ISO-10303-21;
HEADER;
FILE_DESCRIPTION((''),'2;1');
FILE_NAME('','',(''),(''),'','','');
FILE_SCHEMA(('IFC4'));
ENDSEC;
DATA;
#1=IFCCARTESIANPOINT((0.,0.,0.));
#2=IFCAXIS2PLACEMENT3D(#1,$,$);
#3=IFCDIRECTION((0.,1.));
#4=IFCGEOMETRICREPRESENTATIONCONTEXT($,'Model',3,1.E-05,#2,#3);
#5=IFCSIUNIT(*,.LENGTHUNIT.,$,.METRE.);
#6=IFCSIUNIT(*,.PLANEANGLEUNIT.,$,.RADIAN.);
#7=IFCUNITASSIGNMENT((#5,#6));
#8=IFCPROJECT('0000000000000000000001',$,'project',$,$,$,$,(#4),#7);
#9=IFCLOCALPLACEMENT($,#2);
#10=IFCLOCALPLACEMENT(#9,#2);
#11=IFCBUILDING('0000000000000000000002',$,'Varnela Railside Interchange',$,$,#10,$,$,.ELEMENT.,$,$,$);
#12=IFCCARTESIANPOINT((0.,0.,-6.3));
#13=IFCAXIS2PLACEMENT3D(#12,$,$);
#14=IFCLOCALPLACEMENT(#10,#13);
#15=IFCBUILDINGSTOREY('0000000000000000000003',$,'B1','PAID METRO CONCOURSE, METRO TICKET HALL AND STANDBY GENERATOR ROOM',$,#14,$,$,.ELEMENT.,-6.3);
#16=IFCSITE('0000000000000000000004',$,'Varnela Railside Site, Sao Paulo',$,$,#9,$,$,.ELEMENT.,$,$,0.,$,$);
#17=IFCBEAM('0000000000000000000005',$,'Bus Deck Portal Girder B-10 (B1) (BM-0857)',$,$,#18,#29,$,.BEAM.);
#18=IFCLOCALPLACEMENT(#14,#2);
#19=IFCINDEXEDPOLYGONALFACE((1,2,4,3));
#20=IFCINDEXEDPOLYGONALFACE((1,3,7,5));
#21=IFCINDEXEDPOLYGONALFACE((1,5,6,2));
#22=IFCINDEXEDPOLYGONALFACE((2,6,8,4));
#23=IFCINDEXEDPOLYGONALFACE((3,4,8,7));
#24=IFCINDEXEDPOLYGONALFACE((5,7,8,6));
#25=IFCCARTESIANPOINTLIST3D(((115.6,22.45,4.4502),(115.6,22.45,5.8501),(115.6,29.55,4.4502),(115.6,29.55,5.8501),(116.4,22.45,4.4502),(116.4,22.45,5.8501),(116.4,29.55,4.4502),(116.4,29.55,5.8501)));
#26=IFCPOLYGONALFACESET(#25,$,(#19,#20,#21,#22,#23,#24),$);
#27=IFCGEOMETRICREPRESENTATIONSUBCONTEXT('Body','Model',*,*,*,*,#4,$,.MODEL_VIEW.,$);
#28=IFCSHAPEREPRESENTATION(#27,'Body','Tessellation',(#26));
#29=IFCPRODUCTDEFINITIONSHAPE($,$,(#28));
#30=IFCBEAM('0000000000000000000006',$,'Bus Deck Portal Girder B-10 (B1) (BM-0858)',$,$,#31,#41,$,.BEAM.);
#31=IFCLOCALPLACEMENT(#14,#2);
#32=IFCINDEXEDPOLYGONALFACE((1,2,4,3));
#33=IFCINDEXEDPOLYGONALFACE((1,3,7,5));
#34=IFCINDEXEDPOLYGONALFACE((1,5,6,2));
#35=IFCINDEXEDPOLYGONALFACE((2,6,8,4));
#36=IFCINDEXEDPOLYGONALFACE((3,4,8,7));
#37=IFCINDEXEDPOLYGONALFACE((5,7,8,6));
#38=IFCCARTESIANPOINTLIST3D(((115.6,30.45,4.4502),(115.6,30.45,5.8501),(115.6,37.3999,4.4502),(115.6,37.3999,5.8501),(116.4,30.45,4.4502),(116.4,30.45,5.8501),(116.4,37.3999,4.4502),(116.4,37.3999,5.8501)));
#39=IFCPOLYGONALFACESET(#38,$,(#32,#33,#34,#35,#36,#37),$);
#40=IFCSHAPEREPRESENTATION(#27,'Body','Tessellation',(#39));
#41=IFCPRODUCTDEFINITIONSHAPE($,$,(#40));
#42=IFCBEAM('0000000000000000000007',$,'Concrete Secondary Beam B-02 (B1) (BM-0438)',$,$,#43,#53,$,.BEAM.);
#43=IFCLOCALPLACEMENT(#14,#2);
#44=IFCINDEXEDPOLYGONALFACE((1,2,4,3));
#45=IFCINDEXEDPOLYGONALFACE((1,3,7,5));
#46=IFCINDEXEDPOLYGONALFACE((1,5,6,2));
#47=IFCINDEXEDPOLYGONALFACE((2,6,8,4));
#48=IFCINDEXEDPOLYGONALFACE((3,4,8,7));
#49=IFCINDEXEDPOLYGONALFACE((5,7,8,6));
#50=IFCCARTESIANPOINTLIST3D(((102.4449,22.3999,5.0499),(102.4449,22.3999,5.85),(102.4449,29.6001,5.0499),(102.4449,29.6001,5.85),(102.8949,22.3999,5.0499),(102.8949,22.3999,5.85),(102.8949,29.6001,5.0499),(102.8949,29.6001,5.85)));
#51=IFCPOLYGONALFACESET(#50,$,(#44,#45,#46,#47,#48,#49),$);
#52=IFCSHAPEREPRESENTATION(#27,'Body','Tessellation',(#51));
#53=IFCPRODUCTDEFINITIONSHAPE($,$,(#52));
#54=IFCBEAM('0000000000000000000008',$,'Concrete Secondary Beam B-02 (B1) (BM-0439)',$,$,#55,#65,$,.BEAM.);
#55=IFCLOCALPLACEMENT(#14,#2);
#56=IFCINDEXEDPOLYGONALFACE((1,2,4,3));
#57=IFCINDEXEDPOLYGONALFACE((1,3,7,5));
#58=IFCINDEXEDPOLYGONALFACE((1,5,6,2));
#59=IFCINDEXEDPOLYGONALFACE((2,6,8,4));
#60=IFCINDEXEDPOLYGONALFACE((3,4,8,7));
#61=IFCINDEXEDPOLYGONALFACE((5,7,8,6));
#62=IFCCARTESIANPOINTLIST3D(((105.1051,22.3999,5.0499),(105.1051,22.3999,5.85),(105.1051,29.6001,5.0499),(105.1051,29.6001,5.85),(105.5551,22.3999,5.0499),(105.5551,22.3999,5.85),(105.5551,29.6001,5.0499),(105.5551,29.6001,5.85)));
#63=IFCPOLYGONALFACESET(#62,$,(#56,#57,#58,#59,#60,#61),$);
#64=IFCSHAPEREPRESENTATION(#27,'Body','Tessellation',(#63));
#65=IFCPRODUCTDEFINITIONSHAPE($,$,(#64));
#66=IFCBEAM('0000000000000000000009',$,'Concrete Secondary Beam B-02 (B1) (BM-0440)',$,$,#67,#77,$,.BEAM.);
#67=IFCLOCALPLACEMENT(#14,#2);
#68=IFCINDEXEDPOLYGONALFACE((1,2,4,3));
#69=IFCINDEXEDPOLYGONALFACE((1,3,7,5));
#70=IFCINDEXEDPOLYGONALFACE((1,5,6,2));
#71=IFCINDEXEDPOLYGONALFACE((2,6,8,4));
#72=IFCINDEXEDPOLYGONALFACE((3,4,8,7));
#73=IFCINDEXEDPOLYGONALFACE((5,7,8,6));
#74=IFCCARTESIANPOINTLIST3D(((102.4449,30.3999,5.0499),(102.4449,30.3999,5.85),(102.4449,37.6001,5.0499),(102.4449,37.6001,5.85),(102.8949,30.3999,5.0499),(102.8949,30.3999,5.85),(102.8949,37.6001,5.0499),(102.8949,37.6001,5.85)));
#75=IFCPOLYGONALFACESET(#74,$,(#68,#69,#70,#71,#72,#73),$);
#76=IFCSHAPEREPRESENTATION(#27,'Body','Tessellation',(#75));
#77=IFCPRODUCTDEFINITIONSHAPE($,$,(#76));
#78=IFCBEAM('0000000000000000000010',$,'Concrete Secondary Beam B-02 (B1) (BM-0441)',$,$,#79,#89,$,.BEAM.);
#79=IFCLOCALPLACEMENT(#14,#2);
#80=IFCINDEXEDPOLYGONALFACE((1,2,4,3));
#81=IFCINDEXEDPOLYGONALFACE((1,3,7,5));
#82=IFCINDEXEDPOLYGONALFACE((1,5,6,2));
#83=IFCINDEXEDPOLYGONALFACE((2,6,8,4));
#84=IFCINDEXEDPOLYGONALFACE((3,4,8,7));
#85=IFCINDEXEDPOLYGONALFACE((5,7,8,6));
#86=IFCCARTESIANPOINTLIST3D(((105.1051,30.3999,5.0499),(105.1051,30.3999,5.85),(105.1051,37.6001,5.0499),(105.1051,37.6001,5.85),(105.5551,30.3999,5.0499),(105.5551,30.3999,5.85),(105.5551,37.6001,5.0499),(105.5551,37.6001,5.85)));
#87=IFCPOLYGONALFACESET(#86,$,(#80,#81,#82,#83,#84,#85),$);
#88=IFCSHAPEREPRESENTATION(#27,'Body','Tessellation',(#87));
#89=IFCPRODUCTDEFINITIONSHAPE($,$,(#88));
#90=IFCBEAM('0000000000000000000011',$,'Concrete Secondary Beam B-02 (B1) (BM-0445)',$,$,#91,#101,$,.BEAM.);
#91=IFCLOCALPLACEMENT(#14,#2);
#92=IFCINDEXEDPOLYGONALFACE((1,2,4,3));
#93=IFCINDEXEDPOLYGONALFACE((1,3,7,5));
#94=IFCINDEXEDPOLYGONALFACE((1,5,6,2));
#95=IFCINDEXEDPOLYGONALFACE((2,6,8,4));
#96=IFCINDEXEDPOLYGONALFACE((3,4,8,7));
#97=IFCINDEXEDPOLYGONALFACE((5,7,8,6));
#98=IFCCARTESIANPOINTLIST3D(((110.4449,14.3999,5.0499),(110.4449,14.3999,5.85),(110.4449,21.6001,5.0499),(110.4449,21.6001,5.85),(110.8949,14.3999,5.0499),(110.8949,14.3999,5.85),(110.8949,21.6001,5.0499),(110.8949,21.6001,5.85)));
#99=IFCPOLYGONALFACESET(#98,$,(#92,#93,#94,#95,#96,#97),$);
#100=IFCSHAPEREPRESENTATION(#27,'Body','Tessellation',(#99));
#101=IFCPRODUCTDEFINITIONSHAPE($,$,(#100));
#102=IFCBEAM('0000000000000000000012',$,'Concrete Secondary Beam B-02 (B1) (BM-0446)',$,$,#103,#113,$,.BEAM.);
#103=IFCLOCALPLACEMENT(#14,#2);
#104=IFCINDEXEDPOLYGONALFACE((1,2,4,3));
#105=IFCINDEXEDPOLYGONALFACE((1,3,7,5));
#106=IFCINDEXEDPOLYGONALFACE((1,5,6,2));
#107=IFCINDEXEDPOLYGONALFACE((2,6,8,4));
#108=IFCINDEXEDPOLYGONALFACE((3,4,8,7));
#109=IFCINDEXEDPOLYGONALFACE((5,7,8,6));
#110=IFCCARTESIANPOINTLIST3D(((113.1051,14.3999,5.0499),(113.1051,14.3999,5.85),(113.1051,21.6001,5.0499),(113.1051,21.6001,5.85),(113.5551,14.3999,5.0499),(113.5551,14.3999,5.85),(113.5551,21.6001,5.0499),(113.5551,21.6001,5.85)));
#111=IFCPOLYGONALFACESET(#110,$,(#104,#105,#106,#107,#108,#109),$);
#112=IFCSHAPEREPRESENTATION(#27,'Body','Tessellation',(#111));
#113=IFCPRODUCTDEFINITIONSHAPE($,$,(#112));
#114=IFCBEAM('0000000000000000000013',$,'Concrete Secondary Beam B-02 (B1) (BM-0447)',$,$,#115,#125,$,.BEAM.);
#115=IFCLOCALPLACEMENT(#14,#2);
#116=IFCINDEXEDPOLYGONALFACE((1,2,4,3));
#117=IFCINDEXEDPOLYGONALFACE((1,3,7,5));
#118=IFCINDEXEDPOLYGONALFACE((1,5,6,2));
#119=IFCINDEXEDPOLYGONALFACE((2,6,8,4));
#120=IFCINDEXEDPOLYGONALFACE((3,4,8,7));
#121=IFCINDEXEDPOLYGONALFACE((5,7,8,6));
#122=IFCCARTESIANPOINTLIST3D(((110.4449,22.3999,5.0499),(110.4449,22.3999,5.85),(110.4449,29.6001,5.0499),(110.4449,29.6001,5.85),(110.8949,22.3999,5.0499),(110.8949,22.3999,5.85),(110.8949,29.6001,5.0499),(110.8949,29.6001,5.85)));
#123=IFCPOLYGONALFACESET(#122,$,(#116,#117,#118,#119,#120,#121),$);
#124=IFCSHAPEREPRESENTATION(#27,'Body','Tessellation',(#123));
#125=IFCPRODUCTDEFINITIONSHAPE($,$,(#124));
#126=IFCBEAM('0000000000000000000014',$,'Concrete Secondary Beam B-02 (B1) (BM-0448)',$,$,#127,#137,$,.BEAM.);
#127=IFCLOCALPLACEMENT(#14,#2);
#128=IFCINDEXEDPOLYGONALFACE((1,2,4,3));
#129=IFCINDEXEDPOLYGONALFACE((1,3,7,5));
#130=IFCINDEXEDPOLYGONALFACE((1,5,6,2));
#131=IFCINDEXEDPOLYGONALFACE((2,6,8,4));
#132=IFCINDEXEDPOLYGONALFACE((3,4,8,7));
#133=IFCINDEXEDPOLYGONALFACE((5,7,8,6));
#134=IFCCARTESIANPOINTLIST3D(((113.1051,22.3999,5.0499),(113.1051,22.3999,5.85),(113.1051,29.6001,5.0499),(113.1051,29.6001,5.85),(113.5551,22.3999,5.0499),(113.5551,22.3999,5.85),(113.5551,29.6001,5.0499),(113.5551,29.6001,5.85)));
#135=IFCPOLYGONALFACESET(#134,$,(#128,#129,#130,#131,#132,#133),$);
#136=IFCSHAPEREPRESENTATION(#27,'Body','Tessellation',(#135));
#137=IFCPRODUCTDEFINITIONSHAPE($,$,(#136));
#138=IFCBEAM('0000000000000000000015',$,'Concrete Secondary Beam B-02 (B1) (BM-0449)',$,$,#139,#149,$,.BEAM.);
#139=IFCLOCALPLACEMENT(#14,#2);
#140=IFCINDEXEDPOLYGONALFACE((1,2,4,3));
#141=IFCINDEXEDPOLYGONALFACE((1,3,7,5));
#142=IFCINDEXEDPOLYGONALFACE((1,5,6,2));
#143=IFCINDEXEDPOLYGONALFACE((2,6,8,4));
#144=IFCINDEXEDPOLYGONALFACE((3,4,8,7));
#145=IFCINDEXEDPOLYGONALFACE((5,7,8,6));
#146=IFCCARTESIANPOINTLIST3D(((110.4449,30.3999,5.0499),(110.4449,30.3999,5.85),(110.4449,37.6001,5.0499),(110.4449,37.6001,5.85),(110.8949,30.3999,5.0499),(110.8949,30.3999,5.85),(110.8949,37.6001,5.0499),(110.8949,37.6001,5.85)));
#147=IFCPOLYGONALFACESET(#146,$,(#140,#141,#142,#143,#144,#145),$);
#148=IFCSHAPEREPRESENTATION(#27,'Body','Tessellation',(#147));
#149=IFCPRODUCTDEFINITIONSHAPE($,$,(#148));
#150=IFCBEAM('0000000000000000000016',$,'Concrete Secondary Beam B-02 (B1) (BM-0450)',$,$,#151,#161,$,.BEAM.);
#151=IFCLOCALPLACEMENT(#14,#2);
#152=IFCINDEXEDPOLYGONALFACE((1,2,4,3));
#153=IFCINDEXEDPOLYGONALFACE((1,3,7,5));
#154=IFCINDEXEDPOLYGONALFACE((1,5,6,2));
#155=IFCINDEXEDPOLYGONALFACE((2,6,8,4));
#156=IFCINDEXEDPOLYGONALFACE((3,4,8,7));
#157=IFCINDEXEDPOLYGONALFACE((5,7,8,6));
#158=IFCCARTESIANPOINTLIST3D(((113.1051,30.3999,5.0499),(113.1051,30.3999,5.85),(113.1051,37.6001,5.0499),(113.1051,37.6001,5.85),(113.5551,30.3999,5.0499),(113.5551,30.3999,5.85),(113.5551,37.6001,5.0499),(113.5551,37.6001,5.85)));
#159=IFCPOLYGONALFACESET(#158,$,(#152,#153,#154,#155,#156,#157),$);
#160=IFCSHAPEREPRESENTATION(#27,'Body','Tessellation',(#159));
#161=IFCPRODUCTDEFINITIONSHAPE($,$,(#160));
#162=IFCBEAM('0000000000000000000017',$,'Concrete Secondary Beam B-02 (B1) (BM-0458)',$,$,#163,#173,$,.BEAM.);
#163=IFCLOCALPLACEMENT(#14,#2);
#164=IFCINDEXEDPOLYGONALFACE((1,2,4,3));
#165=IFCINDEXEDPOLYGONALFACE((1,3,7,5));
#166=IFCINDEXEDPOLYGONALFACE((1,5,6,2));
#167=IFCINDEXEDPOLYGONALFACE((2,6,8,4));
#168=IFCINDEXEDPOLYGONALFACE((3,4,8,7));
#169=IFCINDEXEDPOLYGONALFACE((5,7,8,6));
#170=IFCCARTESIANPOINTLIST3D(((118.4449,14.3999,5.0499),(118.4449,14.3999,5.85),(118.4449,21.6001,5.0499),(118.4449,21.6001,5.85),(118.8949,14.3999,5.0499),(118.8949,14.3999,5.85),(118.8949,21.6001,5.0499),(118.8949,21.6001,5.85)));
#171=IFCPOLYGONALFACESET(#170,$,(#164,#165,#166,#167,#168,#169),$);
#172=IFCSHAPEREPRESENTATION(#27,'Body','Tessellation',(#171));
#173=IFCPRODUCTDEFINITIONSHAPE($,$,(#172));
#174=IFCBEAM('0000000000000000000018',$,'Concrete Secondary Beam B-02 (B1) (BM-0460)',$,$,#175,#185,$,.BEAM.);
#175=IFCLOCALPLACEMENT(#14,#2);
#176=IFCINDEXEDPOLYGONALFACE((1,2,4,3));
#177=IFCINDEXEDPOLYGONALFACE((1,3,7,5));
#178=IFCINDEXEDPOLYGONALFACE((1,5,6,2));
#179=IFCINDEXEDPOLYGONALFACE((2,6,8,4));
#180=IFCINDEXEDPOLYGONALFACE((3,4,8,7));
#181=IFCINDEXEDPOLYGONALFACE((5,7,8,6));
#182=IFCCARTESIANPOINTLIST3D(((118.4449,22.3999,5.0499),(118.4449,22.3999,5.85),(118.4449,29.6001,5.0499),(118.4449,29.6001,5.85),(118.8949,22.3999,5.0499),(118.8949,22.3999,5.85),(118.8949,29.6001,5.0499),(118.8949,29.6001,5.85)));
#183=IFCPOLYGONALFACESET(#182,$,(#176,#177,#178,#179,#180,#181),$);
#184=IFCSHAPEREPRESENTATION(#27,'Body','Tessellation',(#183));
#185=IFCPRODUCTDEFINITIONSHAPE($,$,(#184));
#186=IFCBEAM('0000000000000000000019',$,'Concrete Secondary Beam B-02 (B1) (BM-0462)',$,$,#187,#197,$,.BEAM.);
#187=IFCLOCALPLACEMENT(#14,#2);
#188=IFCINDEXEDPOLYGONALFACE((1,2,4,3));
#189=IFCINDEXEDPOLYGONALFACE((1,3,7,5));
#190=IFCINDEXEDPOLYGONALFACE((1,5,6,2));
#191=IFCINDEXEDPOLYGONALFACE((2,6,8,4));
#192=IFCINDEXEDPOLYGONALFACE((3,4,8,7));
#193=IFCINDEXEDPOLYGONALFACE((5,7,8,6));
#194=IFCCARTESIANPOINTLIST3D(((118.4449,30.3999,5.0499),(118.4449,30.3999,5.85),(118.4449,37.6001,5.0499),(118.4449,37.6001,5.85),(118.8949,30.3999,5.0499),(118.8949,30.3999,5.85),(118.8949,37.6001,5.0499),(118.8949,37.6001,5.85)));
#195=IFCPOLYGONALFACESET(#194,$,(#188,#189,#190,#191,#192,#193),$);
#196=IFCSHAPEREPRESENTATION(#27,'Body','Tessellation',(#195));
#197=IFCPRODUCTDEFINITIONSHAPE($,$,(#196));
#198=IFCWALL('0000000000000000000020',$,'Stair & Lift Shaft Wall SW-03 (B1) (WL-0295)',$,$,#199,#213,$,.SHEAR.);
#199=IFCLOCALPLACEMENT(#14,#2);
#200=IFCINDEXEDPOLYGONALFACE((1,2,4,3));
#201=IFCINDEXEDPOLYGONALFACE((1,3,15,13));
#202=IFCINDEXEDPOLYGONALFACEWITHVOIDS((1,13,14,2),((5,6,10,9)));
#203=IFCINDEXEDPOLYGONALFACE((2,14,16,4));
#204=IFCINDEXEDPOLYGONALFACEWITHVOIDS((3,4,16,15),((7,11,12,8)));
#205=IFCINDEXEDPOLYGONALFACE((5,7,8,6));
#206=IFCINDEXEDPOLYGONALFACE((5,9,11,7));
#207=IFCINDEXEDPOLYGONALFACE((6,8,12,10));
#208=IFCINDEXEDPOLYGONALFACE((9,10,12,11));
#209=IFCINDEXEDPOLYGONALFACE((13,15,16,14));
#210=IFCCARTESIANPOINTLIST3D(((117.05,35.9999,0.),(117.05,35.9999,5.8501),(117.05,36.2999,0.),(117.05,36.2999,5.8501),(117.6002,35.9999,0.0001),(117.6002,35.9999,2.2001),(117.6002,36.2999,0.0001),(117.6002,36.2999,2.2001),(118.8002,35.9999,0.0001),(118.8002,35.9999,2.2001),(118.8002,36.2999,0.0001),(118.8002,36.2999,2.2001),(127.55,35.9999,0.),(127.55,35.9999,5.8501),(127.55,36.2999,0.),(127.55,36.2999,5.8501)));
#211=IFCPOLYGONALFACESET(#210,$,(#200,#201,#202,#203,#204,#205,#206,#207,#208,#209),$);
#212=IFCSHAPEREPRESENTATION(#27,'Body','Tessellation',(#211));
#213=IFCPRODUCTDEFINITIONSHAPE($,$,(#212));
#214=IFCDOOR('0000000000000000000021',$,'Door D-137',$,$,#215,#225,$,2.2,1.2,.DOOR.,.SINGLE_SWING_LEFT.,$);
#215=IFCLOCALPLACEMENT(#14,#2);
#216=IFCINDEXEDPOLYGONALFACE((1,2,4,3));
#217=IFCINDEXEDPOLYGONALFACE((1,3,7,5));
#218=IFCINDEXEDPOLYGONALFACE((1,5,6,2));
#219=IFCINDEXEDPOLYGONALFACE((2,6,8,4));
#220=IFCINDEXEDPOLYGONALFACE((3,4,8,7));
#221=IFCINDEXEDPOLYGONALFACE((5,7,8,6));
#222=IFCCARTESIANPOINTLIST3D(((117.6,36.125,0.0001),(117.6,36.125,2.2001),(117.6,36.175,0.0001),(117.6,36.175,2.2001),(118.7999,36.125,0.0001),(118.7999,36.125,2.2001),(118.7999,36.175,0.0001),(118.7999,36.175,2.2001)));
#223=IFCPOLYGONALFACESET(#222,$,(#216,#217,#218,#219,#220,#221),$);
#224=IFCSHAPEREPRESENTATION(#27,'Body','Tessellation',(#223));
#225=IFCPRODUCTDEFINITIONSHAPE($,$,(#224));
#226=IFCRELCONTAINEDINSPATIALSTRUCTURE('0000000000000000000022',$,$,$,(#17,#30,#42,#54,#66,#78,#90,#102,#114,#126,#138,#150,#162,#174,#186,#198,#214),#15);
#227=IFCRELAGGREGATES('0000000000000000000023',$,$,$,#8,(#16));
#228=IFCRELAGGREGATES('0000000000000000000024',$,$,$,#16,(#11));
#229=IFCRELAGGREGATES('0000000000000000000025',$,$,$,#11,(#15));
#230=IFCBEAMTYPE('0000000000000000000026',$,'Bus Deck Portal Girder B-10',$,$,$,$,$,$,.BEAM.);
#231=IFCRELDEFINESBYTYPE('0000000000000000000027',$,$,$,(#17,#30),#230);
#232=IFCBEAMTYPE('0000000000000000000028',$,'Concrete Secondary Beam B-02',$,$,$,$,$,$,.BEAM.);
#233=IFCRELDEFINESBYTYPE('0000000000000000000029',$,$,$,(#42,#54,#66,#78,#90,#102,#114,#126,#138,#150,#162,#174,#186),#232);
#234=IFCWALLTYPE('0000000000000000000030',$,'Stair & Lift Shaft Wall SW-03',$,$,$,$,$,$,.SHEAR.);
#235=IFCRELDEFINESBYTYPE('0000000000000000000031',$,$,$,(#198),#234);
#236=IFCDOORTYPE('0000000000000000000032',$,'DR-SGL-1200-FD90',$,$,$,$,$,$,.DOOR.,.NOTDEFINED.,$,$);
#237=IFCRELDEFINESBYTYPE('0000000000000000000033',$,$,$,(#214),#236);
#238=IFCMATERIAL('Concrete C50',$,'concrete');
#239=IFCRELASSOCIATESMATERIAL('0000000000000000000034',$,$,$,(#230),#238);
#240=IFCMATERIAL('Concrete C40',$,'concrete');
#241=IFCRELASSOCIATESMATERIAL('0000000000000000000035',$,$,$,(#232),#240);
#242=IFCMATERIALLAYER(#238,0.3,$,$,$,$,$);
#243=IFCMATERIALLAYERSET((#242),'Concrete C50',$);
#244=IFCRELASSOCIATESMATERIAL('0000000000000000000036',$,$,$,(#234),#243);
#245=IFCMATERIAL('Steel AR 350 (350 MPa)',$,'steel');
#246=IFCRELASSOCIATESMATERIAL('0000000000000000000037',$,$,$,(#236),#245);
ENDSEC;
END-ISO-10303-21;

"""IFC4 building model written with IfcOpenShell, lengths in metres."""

from ifc_helpers import new_model, si_unit, direction, frame, frame_2d, origin, origin_2d, place, context, subcontext, project, spatial, rectangle, extrude, material, layer, layer_set, material_profile, profile_set, type_object, element, fill, save


model = new_model("IFC4")

# Units and contexts
model_context = context("Model", 3, precision=1e-05, world=origin(), true_north=direction((0.0, 1.0)))
body_context = subcontext(model_context, "Body", "Model", "MODEL_VIEW")
ifc_project = project(units=[si_unit("LENGTHUNIT", "METRE"), si_unit("PLANEANGLEUNIT", "RADIAN")], contexts=[model_context])

# Site, building, storey
site_placement = place(None, origin())
site = spatial("IfcSite", under=ifc_project, at=site_placement, Name="Varnela Railside Site, Sao Paulo", CompositionType="ELEMENT", RefElevation=0.0)
building_placement = place(site_placement, origin())
building = spatial("IfcBuilding", under=site, at=building_placement, Name="Varnela Railside Interchange", CompositionType="ELEMENT")
storey_placement = place(building_placement, frame((0.0, 0.0, -6.3)))
storey = spatial("IfcBuildingStorey", under=building, at=storey_placement, Name="B1", Description="PAID METRO CONCOURSE, METRO TICKET HALL AND STANDBY GENERATOR ROOM", CompositionType="ELEMENT", Elevation=-6.3)

# Shared definitions
ifc_material_1 = material(Name="Concrete C50", Category="concrete")

# Beams
ifc_material_profile_1 = material_profile(ifc_material_1, rectangle(XDim=0.8, YDim=1.3999, at=origin_2d()), Name="RC 800x1400")
ifc_profile_set_1 = profile_set([ifc_material_profile_1], Name="Concrete C50")
beam_type_1 = type_object("IfcBeamType", Name="Bus Deck Portal Girder B-10", PredefinedType="BEAM", material=ifc_profile_set_1)
for number, where, z_axis, x_axis, name in (
    (1, (116.0, 22.45, 5.1501), (0.0, 1.0, 0.0), (-1.0, 0.0, 0.0), "Bus Deck Portal Girder B-10 (B1) (BM-0857)"),
):
    element("IfcBeam", number, at=place(storey_placement, frame(where, z_axis=z_axis, x_axis=x_axis)), inside=storey, type_object=beam_type_1, Name=name, PredefinedType="BEAM", context=body_context, shape_type="SweptSolid", body=[
        extrude(rectangle(XDim=0.8, YDim=1.3999, at=origin_2d()), origin(), (0.0, 0.0, 1.0), 7.1001),
    ])
beam_1_placement = place(storey_placement, frame((116.0, 30.45, 5.1501), z_axis=(0.0, 1.0, 0.0), x_axis=(-1.0, 0.0, 0.0)))
element("IfcBeam", 2, at=beam_1_placement, inside=storey, type_object=beam_type_1, Name="Bus Deck Portal Girder B-10 (B1) (BM-0858)", PredefinedType="BEAM", context=body_context, shape_type="SweptSolid", body=[
    extrude(rectangle(XDim=0.8, YDim=1.3999, at=origin_2d()), origin(), (0.0, 0.0, 1.0), 6.95),
])
ifc_material_2 = material(Name="Concrete C40", Category="concrete")
ifc_material_profile_2 = material_profile(ifc_material_2, rectangle(XDim=0.45, YDim=0.8, at=origin_2d()), Name="RC 450x800")
ifc_profile_set_2 = profile_set([ifc_material_profile_2], Name="Concrete C40")
beam_type_2 = type_object("IfcBeamType", Name="Concrete Secondary Beam B-02", PredefinedType="BEAM", material=ifc_profile_set_2)
for number, where, z_axis, x_axis, name in (
    (3, (102.6699, 22.3999, 5.45), (0.0, 1.0, 0.0), (-1.0, 0.0, 0.0), "Concrete Secondary Beam B-02 (B1) (BM-0438)"),
    (4, (105.3301, 22.3999, 5.45), (0.0, 1.0, 0.0), (-1.0, 0.0, 0.0), "Concrete Secondary Beam B-02 (B1) (BM-0439)"),
    (5, (102.6699, 30.3999, 5.45), (0.0, 1.0, 0.0), (-1.0, 0.0, 0.0), "Concrete Secondary Beam B-02 (B1) (BM-0440)"),
    (6, (105.3301, 30.3999, 5.45), (0.0, 1.0, 0.0), (-1.0, 0.0, 0.0), "Concrete Secondary Beam B-02 (B1) (BM-0441)"),
    (7, (110.6699, 14.3999, 5.45), (0.0, 1.0, 0.0), (-1.0, 0.0, 0.0), "Concrete Secondary Beam B-02 (B1) (BM-0445)"),
    (8, (113.3301, 14.3999, 5.45), (0.0, 1.0, 0.0), (-1.0, 0.0, 0.0), "Concrete Secondary Beam B-02 (B1) (BM-0446)"),
    (9, (110.6699, 22.3999, 5.45), (0.0, 1.0, 0.0), (-1.0, 0.0, 0.0), "Concrete Secondary Beam B-02 (B1) (BM-0447)"),
    (10, (113.3301, 22.3999, 5.45), (0.0, 1.0, 0.0), (-1.0, 0.0, 0.0), "Concrete Secondary Beam B-02 (B1) (BM-0448)"),
    (11, (110.6699, 30.3999, 5.45), (0.0, 1.0, 0.0), (-1.0, 0.0, 0.0), "Concrete Secondary Beam B-02 (B1) (BM-0449)"),
    (12, (113.3301, 30.3999, 5.45), (0.0, 1.0, 0.0), (-1.0, 0.0, 0.0), "Concrete Secondary Beam B-02 (B1) (BM-0450)"),
    (13, (118.6699, 14.3999, 5.45), (0.0, 1.0, 0.0), (-1.0, 0.0, 0.0), "Concrete Secondary Beam B-02 (B1) (BM-0458)"),
    (14, (118.6699, 22.3999, 5.45), (0.0, 1.0, 0.0), (-1.0, 0.0, 0.0), "Concrete Secondary Beam B-02 (B1) (BM-0460)"),
    (15, (118.6699, 30.3999, 5.45), (0.0, 1.0, 0.0), (-1.0, 0.0, 0.0), "Concrete Secondary Beam B-02 (B1) (BM-0462)"),
):
    element("IfcBeam", number, at=place(storey_placement, frame(where, z_axis=z_axis, x_axis=x_axis)), inside=storey, type_object=beam_type_2, Name=name, PredefinedType="BEAM", context=body_context, shape_type="SweptSolid", body=[
        extrude(rectangle(XDim=0.45, YDim=0.8, at=origin_2d()), origin(), (0.0, 0.0, 1.0), 7.2002),
    ])

# Wall, opening, door
ifc_layer = layer(ifc_material_1, 0.3)
ifc_layer_set = layer_set([ifc_layer], Name="Concrete C50")
wall_type = type_object("IfcWallType", Name="Stair & Lift Shaft Wall SW-03", PredefinedType="SHEAR", material=ifc_layer_set)
wall_1_placement = place(storey_placement, frame((117.05, 36.1499, 0.0), z_axis=(0.0, 0.0, 1.0), x_axis=(1.0, 0.0, 0.0)))
wall_1 = element("IfcWall", 16, at=wall_1_placement, inside=storey, type_object=wall_type, Name="Stair & Lift Shaft Wall SW-03 (B1) (WL-0295)", PredefinedType="SHEAR", context=body_context, shape_type="SweptSolid", body=[
    extrude(rectangle(XDim=10.5, YDim=0.3, at=frame_2d((5.25, 0.0))), origin(), (0.0, 0.0, 1.0), 5.8501),
])
opening_placement = place(wall_1_placement, frame((0.55, 0.0, 0.0)))
opening = element("IfcOpeningElement", 17, at=opening_placement, cuts=wall_1, PredefinedType="OPENING", context=body_context, shape_type="SweptSolid", body=[
    extrude(rectangle(XDim=1.2, YDim=2.2, at=frame_2d((0.6001, 1.1001))), frame((0.0, 0.1599, 0.0), z_axis=(0.0, -1.0, 0.0), x_axis=(1.0, 0.0, 0.0)), (0.0, 0.0, 1.0), 0.3201),
])
ifc_material_3 = material(Name="Steel AR 350 (350 MPa)", Category="steel")
door_type = type_object("IfcDoorType", Name="DR-SGL-1200-FD90", OperationType="NOTDEFINED", PredefinedType="DOOR", material=ifc_material_3)
door_placement = place(opening_placement, frame((1.2, 0.0, 0.0), z_axis=(0.0, 0.0, 1.0), x_axis=(-1.0, 0.0, 0.0)))
door = element("IfcDoor", 18, at=door_placement, inside=storey, type_object=door_type, Name="Door D-137", OperationType="SINGLE_SWING_LEFT", OverallHeight=2.2, OverallWidth=1.2, PredefinedType="DOOR", context=body_context, shape_type="SweptSolid", body=[
    extrude(rectangle(XDim=1.2, YDim=2.2, at=frame_2d((0.6001, 1.1001))), frame((0.0, 0.0249, 0.0), z_axis=(0.0, -1.0, 0.0), x_axis=(1.0, 0.0, 0.0)), (0.0, 0.0, 1.0), 0.05),
])
fill(opening, door)

save(model, "model.ifc")
